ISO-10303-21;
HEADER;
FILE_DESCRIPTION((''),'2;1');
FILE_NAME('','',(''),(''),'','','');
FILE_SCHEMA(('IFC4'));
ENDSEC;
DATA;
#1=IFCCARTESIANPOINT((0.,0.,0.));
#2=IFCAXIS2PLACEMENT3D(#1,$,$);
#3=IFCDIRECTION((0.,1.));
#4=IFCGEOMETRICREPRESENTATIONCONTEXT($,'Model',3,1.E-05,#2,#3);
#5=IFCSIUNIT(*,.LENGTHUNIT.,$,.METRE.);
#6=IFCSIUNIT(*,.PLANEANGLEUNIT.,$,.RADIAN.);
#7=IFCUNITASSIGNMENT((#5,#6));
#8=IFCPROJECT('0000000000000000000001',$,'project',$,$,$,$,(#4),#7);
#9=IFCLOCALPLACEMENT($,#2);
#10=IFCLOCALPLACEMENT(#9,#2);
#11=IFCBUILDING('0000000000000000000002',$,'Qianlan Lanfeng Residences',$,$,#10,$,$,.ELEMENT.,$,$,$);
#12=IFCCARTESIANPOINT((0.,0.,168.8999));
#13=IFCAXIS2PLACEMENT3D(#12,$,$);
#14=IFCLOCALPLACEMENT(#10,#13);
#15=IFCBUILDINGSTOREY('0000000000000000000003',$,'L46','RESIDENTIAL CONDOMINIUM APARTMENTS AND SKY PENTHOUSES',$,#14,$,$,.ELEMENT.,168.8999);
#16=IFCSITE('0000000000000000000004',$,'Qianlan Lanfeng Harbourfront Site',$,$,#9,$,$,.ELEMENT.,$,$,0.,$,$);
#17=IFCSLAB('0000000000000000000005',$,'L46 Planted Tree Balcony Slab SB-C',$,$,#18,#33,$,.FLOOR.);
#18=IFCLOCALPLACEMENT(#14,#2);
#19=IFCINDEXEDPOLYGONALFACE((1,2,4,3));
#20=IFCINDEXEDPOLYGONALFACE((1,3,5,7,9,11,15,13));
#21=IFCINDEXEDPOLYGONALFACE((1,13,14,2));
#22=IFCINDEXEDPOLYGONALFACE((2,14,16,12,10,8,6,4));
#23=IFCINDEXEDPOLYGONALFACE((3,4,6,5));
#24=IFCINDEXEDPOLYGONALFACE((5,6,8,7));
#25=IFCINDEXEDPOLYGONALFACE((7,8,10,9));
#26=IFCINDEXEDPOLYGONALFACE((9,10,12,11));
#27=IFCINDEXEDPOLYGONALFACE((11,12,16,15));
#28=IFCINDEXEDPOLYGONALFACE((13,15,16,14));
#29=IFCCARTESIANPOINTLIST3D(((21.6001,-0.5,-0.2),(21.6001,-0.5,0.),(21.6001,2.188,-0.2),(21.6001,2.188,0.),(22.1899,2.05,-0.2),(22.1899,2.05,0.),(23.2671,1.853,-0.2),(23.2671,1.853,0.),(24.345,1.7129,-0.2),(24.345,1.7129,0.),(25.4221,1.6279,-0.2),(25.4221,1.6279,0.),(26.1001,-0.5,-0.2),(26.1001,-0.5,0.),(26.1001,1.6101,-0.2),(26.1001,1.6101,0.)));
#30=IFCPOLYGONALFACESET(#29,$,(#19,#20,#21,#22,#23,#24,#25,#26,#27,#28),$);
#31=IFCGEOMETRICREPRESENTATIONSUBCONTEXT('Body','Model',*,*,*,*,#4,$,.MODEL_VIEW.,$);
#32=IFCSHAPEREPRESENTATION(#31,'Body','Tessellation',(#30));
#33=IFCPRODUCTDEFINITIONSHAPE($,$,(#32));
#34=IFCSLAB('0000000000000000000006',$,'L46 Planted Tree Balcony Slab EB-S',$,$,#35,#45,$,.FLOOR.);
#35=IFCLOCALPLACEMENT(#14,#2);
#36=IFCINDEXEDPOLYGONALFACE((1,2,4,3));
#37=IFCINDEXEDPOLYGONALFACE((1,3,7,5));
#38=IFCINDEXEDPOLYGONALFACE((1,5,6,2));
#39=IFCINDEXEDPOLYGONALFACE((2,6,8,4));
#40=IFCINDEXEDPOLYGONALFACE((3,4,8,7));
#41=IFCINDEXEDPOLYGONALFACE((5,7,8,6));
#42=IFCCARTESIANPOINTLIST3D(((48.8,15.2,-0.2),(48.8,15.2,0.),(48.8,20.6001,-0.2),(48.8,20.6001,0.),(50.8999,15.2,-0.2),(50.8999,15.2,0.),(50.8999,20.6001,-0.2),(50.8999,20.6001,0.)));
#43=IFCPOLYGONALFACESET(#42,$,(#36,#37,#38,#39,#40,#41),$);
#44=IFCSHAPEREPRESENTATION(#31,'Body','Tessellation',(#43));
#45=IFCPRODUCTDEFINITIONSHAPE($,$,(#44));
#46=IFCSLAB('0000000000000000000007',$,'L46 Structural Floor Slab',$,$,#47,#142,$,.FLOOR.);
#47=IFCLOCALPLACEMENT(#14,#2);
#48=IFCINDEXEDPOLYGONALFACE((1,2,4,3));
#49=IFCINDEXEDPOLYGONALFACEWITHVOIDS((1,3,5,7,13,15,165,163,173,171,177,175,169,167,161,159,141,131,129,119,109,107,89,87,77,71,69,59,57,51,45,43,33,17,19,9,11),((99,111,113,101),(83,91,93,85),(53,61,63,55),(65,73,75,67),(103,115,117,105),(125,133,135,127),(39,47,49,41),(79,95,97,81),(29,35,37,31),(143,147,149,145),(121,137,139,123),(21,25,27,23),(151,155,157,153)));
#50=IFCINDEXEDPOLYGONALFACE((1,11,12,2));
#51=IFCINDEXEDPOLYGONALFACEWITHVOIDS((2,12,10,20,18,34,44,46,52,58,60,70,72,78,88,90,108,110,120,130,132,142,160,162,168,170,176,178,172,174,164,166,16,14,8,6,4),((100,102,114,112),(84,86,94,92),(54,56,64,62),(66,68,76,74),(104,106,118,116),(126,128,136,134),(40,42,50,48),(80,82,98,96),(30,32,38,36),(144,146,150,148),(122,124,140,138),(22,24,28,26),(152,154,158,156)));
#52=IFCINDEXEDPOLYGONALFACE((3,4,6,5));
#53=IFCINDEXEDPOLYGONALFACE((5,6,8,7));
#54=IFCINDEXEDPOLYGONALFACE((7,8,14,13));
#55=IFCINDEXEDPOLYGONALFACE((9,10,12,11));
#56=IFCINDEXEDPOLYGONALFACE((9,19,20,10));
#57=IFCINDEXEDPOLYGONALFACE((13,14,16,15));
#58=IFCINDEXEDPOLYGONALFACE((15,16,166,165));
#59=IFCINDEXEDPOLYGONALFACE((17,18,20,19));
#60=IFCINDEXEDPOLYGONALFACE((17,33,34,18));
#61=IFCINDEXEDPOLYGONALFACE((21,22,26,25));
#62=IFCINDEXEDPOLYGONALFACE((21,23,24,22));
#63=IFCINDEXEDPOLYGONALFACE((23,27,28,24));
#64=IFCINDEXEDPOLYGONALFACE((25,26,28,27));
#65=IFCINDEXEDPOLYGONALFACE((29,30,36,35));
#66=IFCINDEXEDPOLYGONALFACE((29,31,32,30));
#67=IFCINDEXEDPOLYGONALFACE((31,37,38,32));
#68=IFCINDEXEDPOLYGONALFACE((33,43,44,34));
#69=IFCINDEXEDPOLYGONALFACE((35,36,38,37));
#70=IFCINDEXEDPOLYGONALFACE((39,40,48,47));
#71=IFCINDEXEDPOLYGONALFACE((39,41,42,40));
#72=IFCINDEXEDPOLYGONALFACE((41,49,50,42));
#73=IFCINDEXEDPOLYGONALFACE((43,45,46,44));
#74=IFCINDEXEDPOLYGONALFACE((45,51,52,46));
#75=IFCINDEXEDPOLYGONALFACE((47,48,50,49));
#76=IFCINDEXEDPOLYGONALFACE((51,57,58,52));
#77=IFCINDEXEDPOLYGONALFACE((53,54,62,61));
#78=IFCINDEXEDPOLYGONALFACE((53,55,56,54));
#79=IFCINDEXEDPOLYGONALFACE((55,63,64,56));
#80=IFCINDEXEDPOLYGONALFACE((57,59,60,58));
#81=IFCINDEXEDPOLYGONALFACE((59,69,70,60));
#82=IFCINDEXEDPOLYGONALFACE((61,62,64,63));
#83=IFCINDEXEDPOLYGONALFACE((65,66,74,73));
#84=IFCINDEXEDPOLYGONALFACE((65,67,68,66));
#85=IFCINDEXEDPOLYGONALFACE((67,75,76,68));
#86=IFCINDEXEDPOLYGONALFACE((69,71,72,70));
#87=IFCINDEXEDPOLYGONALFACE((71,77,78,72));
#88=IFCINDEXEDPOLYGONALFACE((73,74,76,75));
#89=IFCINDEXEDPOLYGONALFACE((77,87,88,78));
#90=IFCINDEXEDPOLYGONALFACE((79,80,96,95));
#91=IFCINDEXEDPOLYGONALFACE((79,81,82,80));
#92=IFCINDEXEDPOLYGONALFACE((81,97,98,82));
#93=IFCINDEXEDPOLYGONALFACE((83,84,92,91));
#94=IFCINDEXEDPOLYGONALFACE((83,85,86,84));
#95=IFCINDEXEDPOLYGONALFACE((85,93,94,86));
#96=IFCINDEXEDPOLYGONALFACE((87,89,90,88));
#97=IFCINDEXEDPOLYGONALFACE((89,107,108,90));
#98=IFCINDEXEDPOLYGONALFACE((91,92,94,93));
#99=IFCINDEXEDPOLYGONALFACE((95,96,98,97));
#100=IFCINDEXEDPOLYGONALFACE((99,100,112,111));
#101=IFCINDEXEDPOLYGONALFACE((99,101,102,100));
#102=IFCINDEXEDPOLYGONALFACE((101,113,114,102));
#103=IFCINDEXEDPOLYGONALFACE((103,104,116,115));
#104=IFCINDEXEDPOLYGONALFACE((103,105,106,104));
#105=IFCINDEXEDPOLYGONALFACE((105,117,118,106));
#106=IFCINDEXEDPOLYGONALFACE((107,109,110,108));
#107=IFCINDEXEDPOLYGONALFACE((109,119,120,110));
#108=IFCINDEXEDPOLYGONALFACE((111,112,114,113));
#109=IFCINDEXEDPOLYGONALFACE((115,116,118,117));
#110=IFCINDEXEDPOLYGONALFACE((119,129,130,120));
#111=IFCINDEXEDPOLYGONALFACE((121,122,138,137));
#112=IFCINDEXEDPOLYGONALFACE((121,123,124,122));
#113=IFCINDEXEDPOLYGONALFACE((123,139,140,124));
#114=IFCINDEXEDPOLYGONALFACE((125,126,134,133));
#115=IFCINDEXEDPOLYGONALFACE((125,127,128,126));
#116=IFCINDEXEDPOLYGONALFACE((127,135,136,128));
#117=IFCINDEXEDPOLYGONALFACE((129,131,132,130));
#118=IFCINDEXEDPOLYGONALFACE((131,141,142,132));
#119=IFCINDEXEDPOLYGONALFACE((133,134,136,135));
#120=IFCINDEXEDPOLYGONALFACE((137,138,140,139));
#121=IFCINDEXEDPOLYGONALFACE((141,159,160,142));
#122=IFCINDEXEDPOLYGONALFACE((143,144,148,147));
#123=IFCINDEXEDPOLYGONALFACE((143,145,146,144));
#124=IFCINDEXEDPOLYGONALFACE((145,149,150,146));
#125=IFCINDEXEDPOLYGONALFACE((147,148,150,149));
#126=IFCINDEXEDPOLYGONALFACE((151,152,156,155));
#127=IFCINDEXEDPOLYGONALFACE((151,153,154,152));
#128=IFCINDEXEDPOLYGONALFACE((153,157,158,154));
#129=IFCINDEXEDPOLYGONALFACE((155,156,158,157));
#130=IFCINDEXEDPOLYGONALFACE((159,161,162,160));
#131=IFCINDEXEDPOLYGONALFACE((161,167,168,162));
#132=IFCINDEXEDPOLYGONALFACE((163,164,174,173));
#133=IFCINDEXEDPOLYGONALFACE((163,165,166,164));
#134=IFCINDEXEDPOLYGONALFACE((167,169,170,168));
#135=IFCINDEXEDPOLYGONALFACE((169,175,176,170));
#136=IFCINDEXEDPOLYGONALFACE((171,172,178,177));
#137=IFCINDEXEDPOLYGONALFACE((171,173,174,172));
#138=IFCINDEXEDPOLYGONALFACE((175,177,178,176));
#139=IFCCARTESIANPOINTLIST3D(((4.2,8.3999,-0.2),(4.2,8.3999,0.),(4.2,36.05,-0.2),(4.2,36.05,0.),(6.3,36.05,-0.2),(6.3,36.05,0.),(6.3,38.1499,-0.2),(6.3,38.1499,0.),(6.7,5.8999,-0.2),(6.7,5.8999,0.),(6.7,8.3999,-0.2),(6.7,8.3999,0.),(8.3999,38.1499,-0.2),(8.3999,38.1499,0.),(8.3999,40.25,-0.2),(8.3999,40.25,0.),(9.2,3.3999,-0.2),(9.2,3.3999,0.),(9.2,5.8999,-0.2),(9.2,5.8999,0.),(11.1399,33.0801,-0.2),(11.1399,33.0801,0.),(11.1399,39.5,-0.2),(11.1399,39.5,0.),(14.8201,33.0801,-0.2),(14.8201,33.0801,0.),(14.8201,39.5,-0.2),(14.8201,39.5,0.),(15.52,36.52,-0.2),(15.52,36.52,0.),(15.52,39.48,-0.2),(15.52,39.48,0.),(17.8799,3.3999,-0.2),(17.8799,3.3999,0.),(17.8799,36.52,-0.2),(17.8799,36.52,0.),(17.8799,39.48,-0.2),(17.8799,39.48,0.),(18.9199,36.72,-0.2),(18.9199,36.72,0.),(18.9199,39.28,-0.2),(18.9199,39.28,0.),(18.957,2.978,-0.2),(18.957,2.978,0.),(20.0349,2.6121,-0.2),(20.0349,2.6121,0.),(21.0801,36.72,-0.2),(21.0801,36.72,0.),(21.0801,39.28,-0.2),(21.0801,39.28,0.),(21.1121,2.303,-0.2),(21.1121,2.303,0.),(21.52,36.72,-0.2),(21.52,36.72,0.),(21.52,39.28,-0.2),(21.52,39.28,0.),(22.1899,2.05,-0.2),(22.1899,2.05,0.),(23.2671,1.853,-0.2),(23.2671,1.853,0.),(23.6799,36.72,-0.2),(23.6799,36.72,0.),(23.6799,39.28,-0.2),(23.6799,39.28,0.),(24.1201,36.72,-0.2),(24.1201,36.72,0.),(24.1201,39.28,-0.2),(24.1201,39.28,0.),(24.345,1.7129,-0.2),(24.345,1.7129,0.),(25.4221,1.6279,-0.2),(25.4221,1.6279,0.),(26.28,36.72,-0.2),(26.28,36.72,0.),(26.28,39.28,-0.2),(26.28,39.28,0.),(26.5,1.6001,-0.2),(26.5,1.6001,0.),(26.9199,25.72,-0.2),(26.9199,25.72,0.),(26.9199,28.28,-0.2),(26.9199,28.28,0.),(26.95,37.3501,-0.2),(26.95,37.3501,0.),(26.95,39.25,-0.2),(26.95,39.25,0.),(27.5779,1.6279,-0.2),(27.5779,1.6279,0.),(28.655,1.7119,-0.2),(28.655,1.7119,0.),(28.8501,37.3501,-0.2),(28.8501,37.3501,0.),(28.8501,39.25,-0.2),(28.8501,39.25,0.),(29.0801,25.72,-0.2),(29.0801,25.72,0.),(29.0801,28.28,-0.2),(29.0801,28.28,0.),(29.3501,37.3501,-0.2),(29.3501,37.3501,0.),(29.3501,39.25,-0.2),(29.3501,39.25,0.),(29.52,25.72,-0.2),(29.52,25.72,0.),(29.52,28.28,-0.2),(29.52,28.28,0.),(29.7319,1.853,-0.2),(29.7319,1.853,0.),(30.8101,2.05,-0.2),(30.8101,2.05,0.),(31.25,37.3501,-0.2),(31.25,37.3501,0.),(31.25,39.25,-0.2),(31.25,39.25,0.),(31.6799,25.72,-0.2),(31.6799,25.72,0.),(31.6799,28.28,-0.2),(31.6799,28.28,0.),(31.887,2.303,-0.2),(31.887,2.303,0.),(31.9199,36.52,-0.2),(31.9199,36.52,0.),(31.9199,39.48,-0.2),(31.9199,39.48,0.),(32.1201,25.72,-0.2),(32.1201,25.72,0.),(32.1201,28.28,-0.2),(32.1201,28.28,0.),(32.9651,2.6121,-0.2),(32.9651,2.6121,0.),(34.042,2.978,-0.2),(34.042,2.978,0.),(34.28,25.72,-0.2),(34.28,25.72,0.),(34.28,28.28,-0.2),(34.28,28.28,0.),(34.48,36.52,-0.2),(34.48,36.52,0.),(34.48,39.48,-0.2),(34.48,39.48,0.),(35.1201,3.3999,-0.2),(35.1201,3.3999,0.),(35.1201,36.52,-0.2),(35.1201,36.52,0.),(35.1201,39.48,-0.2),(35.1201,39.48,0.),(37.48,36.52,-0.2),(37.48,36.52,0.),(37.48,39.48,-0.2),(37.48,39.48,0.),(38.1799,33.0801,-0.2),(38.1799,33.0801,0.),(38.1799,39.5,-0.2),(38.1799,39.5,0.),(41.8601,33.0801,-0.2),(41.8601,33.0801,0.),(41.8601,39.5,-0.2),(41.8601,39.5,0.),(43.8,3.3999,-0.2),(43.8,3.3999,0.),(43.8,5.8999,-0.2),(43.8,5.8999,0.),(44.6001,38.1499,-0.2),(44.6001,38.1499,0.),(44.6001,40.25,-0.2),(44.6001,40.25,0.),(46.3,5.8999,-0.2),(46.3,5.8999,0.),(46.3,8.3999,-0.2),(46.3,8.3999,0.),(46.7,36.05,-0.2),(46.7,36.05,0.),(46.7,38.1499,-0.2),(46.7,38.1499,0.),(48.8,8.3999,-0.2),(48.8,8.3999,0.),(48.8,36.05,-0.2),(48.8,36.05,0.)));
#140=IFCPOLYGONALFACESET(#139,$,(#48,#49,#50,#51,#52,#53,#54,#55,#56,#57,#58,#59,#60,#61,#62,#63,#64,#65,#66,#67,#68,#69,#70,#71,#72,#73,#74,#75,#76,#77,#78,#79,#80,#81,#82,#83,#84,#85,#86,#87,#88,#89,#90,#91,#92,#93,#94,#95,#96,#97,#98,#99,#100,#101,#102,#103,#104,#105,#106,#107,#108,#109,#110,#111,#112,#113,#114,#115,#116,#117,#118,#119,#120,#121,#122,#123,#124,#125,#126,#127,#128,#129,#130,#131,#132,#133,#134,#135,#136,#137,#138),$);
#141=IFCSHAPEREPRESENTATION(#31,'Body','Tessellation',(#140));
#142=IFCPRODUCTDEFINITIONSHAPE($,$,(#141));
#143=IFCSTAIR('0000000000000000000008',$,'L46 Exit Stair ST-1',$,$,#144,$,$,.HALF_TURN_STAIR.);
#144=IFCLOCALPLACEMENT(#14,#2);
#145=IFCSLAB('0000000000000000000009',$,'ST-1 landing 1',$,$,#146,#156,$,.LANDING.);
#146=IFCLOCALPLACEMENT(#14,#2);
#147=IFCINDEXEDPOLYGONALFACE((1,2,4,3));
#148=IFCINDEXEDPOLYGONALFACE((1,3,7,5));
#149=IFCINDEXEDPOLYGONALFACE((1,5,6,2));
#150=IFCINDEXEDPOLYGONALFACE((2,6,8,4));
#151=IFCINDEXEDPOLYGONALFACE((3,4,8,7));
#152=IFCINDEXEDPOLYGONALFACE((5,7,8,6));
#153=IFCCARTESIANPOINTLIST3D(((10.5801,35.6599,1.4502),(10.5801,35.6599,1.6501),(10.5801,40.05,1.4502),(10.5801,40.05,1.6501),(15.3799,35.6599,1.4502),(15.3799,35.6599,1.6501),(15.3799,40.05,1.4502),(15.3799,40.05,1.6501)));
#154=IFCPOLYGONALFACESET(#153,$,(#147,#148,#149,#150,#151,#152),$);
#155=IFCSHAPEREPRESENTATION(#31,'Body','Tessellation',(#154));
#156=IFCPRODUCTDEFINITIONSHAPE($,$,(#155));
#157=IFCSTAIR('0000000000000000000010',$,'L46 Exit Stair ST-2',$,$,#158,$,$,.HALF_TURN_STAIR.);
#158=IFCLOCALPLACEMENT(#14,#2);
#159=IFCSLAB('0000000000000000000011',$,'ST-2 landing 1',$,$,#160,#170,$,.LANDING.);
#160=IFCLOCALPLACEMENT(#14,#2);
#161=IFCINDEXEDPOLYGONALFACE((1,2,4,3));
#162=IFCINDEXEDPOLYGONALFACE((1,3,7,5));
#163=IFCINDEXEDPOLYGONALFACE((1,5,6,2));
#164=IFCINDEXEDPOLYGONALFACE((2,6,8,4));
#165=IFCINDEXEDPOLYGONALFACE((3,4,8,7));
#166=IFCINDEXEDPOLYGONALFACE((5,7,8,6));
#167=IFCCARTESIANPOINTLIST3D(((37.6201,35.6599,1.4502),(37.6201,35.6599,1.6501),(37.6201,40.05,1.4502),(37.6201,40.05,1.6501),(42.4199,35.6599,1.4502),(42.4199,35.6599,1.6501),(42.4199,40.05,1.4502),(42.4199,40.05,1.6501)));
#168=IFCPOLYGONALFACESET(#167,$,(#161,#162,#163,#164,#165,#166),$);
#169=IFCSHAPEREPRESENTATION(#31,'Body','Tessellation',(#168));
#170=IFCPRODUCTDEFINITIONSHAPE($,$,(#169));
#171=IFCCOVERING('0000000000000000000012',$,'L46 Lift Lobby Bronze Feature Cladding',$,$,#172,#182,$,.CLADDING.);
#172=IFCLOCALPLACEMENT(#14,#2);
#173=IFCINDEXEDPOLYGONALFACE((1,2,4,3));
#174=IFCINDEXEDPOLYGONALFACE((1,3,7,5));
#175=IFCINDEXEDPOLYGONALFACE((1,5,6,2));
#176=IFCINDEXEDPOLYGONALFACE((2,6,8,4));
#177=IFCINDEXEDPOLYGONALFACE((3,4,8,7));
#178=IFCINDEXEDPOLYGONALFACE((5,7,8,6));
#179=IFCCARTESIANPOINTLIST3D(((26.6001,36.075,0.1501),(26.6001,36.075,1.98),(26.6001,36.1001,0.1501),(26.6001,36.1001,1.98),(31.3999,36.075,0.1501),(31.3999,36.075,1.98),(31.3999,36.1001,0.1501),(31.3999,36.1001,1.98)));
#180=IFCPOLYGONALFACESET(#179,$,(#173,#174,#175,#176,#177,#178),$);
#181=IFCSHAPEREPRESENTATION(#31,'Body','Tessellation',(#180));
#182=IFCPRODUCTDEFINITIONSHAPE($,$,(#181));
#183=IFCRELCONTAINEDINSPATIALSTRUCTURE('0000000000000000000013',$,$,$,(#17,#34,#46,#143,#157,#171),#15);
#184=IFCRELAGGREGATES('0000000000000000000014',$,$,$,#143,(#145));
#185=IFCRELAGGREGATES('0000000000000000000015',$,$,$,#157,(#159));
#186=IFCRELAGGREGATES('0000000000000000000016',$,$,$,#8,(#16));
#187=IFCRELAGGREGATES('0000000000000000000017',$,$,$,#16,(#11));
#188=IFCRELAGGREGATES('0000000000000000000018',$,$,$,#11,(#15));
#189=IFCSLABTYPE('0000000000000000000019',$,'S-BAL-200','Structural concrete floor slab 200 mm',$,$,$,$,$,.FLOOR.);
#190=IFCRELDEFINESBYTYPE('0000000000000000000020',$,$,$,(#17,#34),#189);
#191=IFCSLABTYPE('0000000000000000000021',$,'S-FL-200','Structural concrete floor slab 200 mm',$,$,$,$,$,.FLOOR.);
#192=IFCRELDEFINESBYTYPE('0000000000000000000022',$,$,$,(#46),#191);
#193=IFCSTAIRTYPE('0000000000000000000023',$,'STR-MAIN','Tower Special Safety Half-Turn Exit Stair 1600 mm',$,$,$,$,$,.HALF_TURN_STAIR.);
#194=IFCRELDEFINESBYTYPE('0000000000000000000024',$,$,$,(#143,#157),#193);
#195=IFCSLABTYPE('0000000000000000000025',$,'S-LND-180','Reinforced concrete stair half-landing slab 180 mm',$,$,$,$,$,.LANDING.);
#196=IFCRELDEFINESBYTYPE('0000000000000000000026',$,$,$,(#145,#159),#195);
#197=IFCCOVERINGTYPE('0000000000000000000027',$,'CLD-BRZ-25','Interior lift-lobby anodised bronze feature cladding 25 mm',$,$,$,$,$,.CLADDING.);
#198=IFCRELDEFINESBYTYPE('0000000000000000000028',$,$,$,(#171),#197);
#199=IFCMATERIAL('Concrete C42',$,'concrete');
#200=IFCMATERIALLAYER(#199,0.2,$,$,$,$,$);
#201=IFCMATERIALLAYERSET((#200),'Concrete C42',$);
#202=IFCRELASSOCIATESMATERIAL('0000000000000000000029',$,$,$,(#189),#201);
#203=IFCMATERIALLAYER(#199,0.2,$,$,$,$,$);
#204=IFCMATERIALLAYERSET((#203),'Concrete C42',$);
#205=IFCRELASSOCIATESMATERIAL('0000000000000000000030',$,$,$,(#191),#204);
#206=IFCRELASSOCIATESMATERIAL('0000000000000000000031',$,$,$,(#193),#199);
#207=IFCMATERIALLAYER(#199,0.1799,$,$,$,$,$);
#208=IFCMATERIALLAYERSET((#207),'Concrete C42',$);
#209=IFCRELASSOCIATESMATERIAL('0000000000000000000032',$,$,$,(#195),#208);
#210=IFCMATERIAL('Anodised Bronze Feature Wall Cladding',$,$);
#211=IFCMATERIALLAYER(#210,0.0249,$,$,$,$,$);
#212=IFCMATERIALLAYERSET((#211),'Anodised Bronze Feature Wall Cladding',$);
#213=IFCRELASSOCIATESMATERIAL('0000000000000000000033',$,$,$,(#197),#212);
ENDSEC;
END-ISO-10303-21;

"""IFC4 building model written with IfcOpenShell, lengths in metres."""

from ifc_helpers import new_model, si_unit, direction, frame, origin, place, context, subcontext, project, spatial, polyline, outline, extrude, material, layer, layer_set, type_object, element, aggregate, save


model = new_model("IFC4")

# Units and contexts
model_context = context("Model", 3, precision=1e-05, world=origin(), true_north=direction((0.0, 1.0)))
body_context = subcontext(model_context, "Body", "Model", "MODEL_VIEW")
ifc_project = project(units=[si_unit("LENGTHUNIT", "METRE"), si_unit("PLANEANGLEUNIT", "RADIAN")], contexts=[model_context])

# Site, building, storey
site_placement = place(None, origin())
site = spatial("IfcSite", under=ifc_project, at=site_placement, Name="Qianlan Lanfeng Harbourfront Site", CompositionType="ELEMENT", RefElevation=0.0)
building_placement = place(site_placement, origin())
building = spatial("IfcBuilding", under=site, at=building_placement, Name="Qianlan Lanfeng Residences", CompositionType="ELEMENT")
storey_placement = place(building_placement, frame((0.0, 0.0, 168.8999)))
storey = spatial("IfcBuildingStorey", under=building, at=storey_placement, Name="L46", Description="RESIDENTIAL CONDOMINIUM APARTMENTS AND SKY PENTHOUSES", CompositionType="ELEMENT", Elevation=168.8999)

# Slabs
ifc_material_1 = material(Name="Concrete C42", Category="concrete")
ifc_layer_1 = layer(ifc_material_1, 0.2)
ifc_layer_set_1 = layer_set([ifc_layer_1], Name="Concrete C42")
slab_type_1 = type_object("IfcSlabType", Name="S-BAL-200", Description="Structural concrete floor slab 200 mm", PredefinedType="FLOOR", material=ifc_layer_set_1)
slab_1_placement = place(storey_placement, frame((0.0, 0.0, -0.2)))
element("IfcSlab", 1, at=slab_1_placement, inside=storey, type_object=slab_type_1, Name="L46 Planted Tree Balcony Slab SB-C", PredefinedType="FLOOR", context=body_context, shape_type="SweptSolid", body=[
    extrude(outline(polyline([(26.1001, 1.6101), (25.4221, 1.6279), (24.345, 1.7129), (23.2671, 1.853), (22.1899, 2.05), (21.6001, 2.188), (21.6001, -0.5), (26.1001, -0.5), (26.1001, 1.6101)])), origin(), (0.0, 0.0, 1.0), 0.2),
])
slab_2_placement = place(storey_placement, frame((0.0, 0.0, -0.2)))
element("IfcSlab", 2, at=slab_2_placement, inside=storey, type_object=slab_type_1, Name="L46 Planted Tree Balcony Slab EB-S", PredefinedType="FLOOR", context=body_context, shape_type="SweptSolid", body=[
    extrude(outline(polyline([(48.8, 20.6001), (48.8, 15.2), (50.8999, 15.2), (50.8999, 20.6001), (48.8, 20.6001)])), origin(), (0.0, 0.0, 1.0), 0.2),
])
ifc_layer_2 = layer(ifc_material_1, 0.2)
ifc_layer_set_2 = layer_set([ifc_layer_2], Name="Concrete C42")
slab_type_2 = type_object("IfcSlabType", Name="S-FL-200", Description="Structural concrete floor slab 200 mm", PredefinedType="FLOOR", material=ifc_layer_set_2)
slab_3_placement = place(storey_placement, frame((0.0, 0.0, -0.2)))
element("IfcSlab", 3, at=slab_3_placement, inside=storey, type_object=slab_type_2, Name="L46 Structural Floor Slab", PredefinedType="FLOOR", context=body_context, shape_type="SweptSolid", body=[
    extrude(outline(polyline([(4.2, 8.3999), (6.7, 8.3999), (6.7, 5.8999), (9.2, 5.8999), (9.2, 3.3999), (17.8799, 3.3999), (18.957, 2.978), (20.0349, 2.6121), (21.1121, 2.303), (22.1899, 2.05), (23.2671, 1.853), (24.345, 1.7129), (25.4221, 1.6279), (26.5, 1.6001), (27.5779, 1.6279), (28.655, 1.7119), (29.7319, 1.853), (30.8101, 2.05), (31.887, 2.303), (32.9651, 2.6121), (34.042, 2.978), (35.1201, 3.3999), (43.8, 3.3999), (43.8, 5.8999), (46.3, 5.8999), (46.3, 8.3999), (48.8, 8.3999), (48.8, 36.05), (46.7, 36.05), (46.7, 38.1499), (44.6001, 38.1499), (44.6001, 40.25), (8.3999, 40.25), (8.3999, 38.1499), (6.3, 38.1499), (6.3, 36.05), (4.2, 36.05), (4.2, 8.3999)]), holes=[polyline([(11.1399, 33.0801), (11.1399, 39.5), (14.8201, 39.5), (14.8201, 33.0801), (11.1399, 33.0801)]), polyline([(38.1799, 33.0801), (38.1799, 39.5), (41.8601, 39.5), (41.8601, 33.0801), (38.1799, 33.0801)]), polyline([(15.52, 36.52), (15.52, 39.48), (17.8799, 39.48), (17.8799, 36.52), (15.52, 36.52)]), polyline([(35.1201, 36.52), (35.1201, 39.48), (37.48, 39.48), (37.48, 36.52), (35.1201, 36.52)]), polyline([(31.9199, 36.52), (31.9199, 39.48), (34.48, 39.48), (34.48, 36.52), (31.9199, 36.52)]), polyline([(26.9199, 25.72), (26.9199, 28.28), (29.0801, 28.28), (29.0801, 25.72), (26.9199, 25.72)]), polyline([(29.52, 25.72), (29.52, 28.28), (31.6799, 28.28), (31.6799, 25.72), (29.52, 25.72)]), polyline([(32.1201, 25.72), (32.1201, 28.28), (34.28, 28.28), (34.28, 25.72), (32.1201, 25.72)]), polyline([(18.9199, 36.72), (18.9199, 39.28), (21.0801, 39.28), (21.0801, 36.72), (18.9199, 36.72)]), polyline([(21.52, 36.72), (21.52, 39.28), (23.6799, 39.28), (23.6799, 36.72), (21.52, 36.72)]), polyline([(24.1201, 36.72), (24.1201, 39.28), (26.28, 39.28), (26.28, 36.72), (24.1201, 36.72)]), polyline([(26.95, 37.3501), (26.95, 39.25), (28.8501, 39.25), (28.8501, 37.3501), (26.95, 37.3501)]), polyline([(29.3501, 37.3501), (29.3501, 39.25), (31.25, 39.25), (31.25, 37.3501), (29.3501, 37.3501)])]), origin(), (0.0, 0.0, 1.0), 0.2),
])

# Stairs, slabs
stair_type = type_object("IfcStairType", Name="STR-MAIN", Description="Tower Special Safety Half-Turn Exit Stair 1600 mm", PredefinedType="HALF_TURN_STAIR", material=ifc_material_1)
stair_1_placement = place(storey_placement, origin())
stair_1 = element("IfcStair", 4, at=stair_1_placement, inside=storey, type_object=stair_type, Name="L46 Exit Stair ST-1", PredefinedType="HALF_TURN_STAIR")
ifc_layer_3 = layer(ifc_material_1, 0.1799)
ifc_layer_set_3 = layer_set([ifc_layer_3], Name="Concrete C42")
slab_type_3 = type_object("IfcSlabType", Name="S-LND-180", Description="Reinforced concrete stair half-landing slab 180 mm", PredefinedType="LANDING", material=ifc_layer_set_3)
slab_4_placement = place(storey_placement, frame((0.0, 0.0, 1.4502)))
slab_4 = element("IfcSlab", 5, at=slab_4_placement, type_object=slab_type_3, Name="ST-1 landing 1", PredefinedType="LANDING", context=body_context, shape_type="SweptSolid", body=[
    extrude(outline(polyline([(10.5801, 35.6599), (15.3799, 35.6599), (15.3799, 40.05), (10.5801, 40.05), (10.5801, 35.6599)])), origin(), (0.0, 0.0, 1.0), 0.2),
])
aggregate(stair_1, [slab_4])
stair_2_placement = place(storey_placement, origin())
stair_2 = element("IfcStair", 6, at=stair_2_placement, inside=storey, type_object=stair_type, Name="L46 Exit Stair ST-2", PredefinedType="HALF_TURN_STAIR")
slab_5_placement = place(storey_placement, frame((0.0, 0.0, 1.4502)))
slab_5 = element("IfcSlab", 7, at=slab_5_placement, type_object=slab_type_3, Name="ST-2 landing 1", PredefinedType="LANDING", context=body_context, shape_type="SweptSolid", body=[
    extrude(outline(polyline([(37.6201, 35.6599), (42.4199, 35.6599), (42.4199, 40.05), (37.6201, 40.05), (37.6201, 35.6599)])), origin(), (0.0, 0.0, 1.0), 0.2),
])
aggregate(stair_2, [slab_5])

# Covering
ifc_material_2 = material(Name="Anodised Bronze Feature Wall Cladding")
ifc_layer_4 = layer(ifc_material_2, 0.0249)
ifc_layer_set_4 = layer_set([ifc_layer_4], Name="Anodised Bronze Feature Wall Cladding")
covering_type_1 = type_object("IfcCoveringType", Name="CLD-BRZ-25", Description="Interior lift-lobby anodised bronze feature cladding 25 mm", PredefinedType="CLADDING", material=ifc_layer_set_4)
covering_1_placement = place(storey_placement, frame((0.0, 0.0, 0.1501)))
element("IfcCovering", 8, at=covering_1_placement, inside=storey, type_object=covering_type_1, Name="L46 Lift Lobby Bronze Feature Cladding", PredefinedType="CLADDING", context=body_context, shape_type="SweptSolid", body=[
    extrude(outline(polyline([(26.6001, 36.075), (31.3999, 36.075), (31.3999, 36.1001), (26.6001, 36.1001), (26.6001, 36.075)])), origin(), (0.0, 0.0, 1.0), 1.8298),
])

save(model, "model.ifc")
